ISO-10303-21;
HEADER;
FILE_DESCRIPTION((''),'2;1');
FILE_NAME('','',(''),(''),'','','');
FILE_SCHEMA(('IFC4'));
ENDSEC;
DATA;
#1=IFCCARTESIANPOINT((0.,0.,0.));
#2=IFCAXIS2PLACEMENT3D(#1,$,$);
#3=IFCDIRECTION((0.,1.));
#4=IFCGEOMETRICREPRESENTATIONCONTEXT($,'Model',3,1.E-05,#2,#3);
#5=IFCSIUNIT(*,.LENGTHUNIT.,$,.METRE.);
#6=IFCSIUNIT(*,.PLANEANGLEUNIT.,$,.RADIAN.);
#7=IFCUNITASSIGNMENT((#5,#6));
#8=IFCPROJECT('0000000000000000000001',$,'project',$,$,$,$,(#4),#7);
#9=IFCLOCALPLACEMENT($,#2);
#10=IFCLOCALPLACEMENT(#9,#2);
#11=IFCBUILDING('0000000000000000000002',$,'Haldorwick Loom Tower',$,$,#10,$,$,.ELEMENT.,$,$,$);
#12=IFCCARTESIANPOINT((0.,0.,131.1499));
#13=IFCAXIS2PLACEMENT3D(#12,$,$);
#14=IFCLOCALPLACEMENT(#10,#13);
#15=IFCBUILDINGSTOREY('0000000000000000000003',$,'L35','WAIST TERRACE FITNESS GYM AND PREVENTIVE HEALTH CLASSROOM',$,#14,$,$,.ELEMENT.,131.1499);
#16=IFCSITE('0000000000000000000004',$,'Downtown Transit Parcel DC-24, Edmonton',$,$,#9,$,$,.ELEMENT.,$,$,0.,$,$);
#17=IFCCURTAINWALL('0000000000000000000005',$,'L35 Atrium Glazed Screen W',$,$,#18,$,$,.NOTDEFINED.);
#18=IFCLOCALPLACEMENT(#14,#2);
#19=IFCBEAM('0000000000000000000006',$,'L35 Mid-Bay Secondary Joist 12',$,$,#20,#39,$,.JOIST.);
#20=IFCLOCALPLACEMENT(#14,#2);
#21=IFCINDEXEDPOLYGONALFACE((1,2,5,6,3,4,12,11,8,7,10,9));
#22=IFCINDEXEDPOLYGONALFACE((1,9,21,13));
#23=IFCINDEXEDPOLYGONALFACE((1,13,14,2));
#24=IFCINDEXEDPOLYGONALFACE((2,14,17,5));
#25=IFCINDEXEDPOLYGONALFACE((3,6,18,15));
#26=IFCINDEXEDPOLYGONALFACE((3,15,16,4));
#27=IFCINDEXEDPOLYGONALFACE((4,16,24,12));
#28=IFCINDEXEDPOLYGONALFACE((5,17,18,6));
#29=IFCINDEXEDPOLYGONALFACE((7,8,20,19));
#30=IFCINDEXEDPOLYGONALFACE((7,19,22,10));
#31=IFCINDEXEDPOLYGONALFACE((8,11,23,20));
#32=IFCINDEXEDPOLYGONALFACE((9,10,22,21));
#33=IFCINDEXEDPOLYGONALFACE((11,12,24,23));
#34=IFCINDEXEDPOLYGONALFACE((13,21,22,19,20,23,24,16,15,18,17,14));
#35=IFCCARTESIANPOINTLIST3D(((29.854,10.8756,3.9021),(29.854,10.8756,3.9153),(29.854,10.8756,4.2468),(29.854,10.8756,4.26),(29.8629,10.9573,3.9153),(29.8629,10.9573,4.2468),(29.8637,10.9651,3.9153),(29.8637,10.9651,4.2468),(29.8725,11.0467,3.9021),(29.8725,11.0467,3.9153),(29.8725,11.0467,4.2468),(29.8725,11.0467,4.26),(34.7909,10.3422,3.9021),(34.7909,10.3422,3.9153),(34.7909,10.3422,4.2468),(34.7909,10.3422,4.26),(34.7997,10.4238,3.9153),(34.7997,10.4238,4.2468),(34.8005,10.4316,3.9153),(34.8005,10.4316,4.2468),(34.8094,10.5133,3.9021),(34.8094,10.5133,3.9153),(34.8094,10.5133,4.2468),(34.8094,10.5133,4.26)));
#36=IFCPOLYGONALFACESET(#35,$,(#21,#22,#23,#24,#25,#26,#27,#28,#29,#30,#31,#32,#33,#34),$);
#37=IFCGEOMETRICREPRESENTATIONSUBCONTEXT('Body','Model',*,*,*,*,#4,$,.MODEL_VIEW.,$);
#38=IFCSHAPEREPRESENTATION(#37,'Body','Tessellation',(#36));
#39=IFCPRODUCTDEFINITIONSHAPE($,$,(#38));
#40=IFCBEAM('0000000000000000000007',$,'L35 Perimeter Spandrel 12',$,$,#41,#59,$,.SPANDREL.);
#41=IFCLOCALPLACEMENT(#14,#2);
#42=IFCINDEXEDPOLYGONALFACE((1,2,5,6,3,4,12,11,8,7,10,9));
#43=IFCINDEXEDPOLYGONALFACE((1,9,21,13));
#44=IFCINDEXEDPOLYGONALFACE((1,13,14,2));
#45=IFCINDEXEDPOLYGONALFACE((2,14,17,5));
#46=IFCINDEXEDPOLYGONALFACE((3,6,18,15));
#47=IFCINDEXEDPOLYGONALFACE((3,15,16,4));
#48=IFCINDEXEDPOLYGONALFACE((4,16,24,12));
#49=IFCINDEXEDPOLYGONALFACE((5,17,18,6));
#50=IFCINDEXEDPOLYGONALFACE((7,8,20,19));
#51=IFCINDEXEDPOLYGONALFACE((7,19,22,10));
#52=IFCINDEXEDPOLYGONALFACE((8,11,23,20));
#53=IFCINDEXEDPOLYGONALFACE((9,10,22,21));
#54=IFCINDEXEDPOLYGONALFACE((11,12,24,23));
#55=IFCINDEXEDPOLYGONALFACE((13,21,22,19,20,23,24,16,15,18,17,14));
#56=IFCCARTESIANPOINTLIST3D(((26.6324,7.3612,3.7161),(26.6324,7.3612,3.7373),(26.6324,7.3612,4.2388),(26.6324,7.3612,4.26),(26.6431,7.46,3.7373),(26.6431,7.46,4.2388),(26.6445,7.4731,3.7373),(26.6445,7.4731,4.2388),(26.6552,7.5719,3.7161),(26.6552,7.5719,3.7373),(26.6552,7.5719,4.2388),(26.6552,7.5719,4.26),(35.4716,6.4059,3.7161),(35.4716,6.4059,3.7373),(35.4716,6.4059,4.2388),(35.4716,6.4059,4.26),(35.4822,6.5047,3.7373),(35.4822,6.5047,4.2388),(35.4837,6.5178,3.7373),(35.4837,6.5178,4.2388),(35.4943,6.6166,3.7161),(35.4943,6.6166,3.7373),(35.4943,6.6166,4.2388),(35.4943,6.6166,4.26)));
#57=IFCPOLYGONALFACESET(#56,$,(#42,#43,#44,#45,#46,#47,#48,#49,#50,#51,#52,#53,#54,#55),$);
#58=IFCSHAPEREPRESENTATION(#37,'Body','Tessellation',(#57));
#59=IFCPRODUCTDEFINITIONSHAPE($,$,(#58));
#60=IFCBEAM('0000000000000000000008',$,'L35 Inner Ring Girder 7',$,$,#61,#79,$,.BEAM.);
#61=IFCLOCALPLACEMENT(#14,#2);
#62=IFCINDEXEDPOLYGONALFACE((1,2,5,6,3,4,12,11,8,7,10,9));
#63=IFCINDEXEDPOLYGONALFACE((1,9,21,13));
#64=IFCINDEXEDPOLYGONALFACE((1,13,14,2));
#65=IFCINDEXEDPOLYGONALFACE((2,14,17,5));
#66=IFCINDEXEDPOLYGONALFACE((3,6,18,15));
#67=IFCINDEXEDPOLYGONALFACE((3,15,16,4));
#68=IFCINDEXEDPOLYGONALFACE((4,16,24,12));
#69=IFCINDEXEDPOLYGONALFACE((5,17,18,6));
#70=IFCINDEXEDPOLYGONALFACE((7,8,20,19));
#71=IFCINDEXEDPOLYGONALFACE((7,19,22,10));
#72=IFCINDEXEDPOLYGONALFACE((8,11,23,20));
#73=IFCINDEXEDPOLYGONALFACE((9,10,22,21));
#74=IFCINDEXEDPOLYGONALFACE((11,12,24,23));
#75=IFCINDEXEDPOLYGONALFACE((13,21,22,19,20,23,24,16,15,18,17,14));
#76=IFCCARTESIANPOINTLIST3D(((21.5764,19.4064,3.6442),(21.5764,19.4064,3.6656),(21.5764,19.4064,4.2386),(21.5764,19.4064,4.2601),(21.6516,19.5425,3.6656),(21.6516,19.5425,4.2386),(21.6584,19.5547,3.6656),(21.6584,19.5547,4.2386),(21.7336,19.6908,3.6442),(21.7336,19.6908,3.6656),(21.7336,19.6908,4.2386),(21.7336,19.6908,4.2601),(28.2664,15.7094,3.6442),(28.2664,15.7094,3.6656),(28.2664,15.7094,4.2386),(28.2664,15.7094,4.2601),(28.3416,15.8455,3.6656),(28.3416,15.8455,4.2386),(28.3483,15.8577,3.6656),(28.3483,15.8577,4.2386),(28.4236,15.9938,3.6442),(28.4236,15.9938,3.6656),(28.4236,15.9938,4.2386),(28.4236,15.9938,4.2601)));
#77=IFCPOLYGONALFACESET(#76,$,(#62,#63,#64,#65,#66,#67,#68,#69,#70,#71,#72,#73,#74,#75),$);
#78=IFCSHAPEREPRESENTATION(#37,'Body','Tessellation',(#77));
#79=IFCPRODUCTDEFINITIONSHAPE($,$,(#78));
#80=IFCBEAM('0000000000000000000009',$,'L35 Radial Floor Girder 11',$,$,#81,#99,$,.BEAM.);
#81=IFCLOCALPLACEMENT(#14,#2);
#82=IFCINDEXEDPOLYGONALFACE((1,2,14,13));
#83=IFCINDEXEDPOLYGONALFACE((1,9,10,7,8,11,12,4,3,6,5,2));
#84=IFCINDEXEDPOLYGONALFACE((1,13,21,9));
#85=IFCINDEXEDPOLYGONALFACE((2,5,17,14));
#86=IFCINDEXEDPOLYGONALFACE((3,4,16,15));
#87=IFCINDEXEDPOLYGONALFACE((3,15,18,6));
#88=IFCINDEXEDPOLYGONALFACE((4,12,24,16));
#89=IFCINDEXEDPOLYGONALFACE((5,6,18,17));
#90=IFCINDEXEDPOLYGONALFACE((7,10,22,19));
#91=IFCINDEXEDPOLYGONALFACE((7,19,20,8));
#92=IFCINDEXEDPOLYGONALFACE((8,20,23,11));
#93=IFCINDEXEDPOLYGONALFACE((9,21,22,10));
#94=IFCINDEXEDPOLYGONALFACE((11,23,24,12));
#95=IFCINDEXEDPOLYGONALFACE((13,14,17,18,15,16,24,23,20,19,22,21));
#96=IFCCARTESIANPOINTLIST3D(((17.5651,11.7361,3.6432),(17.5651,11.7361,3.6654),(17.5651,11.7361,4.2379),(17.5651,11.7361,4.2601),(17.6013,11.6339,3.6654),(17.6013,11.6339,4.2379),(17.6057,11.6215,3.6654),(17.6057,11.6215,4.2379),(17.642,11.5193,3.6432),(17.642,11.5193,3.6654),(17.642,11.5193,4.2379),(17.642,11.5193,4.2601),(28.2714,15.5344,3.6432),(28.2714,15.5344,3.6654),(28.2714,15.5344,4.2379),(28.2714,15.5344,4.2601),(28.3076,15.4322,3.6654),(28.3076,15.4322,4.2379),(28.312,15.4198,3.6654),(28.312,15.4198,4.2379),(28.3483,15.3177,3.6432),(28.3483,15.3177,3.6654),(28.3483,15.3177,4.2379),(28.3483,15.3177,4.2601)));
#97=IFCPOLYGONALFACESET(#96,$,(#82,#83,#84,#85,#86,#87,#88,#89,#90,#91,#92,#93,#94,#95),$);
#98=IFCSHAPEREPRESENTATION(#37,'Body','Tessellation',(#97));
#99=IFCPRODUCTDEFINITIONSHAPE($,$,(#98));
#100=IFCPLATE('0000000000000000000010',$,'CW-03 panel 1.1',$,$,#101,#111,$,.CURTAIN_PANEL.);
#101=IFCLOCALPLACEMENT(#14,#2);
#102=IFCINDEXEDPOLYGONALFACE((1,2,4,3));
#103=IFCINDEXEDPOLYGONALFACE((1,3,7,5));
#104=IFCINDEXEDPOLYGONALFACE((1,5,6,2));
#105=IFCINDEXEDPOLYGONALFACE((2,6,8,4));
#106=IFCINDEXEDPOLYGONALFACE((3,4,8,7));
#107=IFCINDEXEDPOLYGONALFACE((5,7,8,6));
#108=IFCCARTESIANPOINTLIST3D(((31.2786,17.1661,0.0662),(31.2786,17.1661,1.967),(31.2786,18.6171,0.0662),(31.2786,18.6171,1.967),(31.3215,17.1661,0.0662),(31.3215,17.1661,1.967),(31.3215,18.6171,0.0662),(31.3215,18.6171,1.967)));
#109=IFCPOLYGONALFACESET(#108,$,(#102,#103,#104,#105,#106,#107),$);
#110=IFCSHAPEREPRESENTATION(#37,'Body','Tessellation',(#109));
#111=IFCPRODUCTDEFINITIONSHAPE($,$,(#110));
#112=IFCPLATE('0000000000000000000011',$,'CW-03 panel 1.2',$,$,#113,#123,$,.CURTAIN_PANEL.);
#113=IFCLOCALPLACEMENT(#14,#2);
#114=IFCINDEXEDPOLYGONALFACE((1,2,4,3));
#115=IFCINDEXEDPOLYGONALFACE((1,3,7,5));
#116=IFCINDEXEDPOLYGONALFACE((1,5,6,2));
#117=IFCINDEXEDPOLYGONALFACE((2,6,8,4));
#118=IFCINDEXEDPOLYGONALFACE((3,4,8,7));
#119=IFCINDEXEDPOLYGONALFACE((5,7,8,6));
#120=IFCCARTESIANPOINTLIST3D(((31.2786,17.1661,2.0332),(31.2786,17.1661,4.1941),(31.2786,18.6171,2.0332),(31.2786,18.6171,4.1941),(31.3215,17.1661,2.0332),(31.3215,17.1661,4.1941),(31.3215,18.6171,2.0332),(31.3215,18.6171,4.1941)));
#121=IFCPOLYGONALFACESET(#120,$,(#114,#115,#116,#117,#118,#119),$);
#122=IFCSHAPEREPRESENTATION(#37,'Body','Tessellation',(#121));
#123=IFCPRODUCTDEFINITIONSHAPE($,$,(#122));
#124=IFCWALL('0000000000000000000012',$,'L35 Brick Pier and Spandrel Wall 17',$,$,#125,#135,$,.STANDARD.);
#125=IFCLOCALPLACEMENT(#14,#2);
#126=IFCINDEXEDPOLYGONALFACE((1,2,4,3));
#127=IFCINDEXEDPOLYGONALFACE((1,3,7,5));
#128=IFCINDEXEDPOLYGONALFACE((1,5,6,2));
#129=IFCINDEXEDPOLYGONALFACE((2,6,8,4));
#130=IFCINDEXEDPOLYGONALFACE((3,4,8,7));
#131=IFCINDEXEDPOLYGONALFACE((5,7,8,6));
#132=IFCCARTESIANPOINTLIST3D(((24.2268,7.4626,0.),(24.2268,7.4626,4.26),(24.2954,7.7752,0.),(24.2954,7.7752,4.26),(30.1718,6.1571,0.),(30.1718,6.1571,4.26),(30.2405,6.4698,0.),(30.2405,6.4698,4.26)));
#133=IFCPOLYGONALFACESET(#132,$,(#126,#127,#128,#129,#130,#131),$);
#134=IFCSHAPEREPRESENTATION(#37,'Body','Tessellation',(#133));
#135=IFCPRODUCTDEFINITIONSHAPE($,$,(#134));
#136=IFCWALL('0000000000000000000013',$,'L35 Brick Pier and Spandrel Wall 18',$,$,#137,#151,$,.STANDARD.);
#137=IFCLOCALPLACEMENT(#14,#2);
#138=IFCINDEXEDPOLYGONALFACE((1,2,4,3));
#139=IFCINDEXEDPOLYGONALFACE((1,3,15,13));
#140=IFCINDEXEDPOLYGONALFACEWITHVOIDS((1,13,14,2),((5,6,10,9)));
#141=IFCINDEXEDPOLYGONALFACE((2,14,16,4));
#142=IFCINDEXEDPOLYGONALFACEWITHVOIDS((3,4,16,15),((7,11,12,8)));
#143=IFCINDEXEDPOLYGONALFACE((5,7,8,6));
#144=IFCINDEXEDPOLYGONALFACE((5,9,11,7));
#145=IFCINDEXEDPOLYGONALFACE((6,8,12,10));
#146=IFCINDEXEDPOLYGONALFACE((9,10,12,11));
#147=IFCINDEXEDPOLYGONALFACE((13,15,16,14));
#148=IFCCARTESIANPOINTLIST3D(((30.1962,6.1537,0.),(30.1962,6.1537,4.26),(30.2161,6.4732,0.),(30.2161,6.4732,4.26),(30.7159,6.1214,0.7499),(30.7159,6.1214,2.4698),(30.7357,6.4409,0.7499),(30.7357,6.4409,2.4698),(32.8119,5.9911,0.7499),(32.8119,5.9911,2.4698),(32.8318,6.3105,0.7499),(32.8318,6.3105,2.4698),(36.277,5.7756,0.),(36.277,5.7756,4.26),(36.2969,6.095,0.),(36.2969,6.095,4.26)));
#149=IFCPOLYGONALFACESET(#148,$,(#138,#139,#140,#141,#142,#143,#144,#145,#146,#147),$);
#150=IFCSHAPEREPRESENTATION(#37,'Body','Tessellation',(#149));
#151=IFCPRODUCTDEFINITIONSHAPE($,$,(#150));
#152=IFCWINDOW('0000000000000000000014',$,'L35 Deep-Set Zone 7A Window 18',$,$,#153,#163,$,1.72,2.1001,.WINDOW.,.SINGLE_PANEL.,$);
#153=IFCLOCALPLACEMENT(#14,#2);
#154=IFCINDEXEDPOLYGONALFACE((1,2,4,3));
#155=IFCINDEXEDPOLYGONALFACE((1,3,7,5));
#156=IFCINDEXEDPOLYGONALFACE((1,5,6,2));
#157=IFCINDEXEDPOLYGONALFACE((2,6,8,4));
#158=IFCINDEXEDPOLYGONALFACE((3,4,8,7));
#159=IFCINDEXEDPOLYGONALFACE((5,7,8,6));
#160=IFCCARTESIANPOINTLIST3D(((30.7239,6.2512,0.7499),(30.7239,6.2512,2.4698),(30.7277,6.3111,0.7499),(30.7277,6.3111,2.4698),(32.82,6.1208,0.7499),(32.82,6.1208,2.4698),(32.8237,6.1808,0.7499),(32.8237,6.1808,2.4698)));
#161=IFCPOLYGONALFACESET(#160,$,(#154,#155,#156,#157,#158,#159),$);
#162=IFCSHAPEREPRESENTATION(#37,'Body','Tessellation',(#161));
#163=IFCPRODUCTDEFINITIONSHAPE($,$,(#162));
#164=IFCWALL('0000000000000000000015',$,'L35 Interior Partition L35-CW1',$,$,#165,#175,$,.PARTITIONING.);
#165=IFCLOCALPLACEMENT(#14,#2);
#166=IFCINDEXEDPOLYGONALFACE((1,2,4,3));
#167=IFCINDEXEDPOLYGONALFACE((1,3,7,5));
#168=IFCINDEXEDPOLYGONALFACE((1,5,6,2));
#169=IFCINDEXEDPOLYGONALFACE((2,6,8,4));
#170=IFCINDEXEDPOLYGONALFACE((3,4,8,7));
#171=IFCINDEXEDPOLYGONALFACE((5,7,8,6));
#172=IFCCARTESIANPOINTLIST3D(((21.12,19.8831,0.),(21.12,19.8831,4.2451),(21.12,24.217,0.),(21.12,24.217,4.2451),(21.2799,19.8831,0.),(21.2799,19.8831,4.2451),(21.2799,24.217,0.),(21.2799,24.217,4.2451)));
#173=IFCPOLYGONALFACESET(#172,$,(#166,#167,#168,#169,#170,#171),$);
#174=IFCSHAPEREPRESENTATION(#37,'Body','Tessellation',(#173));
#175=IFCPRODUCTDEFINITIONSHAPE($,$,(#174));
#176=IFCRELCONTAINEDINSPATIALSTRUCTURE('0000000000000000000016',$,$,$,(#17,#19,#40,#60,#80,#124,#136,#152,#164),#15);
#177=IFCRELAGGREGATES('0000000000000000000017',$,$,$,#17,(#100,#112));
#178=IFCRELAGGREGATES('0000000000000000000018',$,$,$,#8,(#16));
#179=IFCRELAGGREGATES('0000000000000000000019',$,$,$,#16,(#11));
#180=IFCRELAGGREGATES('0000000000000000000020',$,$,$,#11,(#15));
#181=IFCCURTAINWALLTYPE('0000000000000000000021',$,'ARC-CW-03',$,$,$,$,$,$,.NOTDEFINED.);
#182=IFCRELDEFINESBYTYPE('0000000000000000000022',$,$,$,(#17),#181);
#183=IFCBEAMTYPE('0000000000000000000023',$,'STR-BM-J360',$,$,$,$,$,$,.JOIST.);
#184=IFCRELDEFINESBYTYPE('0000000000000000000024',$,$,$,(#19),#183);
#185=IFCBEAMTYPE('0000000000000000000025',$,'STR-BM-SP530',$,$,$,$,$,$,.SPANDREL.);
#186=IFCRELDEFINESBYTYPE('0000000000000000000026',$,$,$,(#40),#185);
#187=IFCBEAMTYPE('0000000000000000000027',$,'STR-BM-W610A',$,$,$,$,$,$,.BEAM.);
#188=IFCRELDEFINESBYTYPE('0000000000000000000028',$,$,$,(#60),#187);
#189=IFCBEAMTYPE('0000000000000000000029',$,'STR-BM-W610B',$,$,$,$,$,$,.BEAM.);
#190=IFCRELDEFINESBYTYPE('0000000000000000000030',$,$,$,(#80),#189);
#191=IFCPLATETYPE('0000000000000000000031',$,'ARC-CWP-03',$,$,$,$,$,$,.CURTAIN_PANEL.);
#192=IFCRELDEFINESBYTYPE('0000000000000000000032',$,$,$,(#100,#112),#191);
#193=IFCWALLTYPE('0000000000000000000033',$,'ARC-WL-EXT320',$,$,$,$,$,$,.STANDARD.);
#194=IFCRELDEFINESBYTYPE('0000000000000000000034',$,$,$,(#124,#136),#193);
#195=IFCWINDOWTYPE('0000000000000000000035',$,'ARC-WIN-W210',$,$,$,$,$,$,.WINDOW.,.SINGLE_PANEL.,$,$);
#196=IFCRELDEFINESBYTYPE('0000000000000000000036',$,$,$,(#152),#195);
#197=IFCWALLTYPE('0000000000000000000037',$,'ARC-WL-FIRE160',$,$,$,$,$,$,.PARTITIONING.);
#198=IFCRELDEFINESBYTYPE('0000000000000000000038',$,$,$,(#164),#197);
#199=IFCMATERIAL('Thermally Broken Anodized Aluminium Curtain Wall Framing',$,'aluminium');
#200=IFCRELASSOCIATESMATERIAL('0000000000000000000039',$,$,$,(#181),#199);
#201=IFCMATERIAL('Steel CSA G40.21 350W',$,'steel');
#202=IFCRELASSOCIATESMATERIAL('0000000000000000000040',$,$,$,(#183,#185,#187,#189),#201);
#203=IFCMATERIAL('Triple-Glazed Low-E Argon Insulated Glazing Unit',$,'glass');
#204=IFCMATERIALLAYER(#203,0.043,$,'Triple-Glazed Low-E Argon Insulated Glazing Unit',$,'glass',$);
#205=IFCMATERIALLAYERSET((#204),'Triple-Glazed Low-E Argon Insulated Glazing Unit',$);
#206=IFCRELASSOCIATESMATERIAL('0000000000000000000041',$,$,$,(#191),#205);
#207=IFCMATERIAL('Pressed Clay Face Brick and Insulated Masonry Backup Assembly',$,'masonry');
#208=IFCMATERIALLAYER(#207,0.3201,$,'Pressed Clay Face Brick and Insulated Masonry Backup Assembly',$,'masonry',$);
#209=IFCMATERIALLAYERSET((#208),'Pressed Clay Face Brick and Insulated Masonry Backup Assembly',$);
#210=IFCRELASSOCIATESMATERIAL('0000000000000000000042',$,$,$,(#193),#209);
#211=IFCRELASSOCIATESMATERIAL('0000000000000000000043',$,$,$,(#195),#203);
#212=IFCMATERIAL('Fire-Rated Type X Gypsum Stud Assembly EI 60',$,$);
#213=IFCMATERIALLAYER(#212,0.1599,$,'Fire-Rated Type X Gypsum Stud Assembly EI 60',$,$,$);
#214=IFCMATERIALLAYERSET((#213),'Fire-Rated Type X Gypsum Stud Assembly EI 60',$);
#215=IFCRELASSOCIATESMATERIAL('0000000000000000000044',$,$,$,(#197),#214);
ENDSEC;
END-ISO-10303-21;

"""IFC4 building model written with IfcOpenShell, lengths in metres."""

from ifc_helpers import new_model, si_unit, direction, frame, frame_2d, origin, origin_2d, place, context, subcontext, project, spatial, rectangle, i_section, extrude, material, layer, layer_set, material_profile, profile_set, type_object, element, fill, aggregate, save


model = new_model("IFC4")

# Units and contexts
model_context = context("Model", 3, precision=1e-05, world=origin(), true_north=direction((0.0, 1.0)))
body_context = subcontext(model_context, "Body", "Model", "MODEL_VIEW")
ifc_project = project(units=[si_unit("LENGTHUNIT", "METRE"), si_unit("PLANEANGLEUNIT", "RADIAN")], contexts=[model_context])

# Site, building, storey
site_placement = place(None, origin())
site = spatial("IfcSite", under=ifc_project, at=site_placement, Name="Downtown Transit Parcel DC-24, Edmonton", CompositionType="ELEMENT", RefElevation=0.0)
building_placement = place(site_placement, origin())
building = spatial("IfcBuilding", under=site, at=building_placement, Name="Haldorwick Loom Tower", CompositionType="ELEMENT")
storey_placement = place(building_placement, frame((0.0, 0.0, 131.1499)))
storey = spatial("IfcBuildingStorey", under=building, at=storey_placement, Name="L35", Description="WAIST TERRACE FITNESS GYM AND PREVENTIVE HEALTH CLASSROOM", CompositionType="ELEMENT", Elevation=131.1499)

# Curtain wall
ifc_material_1 = material(Name="Thermally Broken Anodized Aluminium Curtain Wall Framing", Category="aluminium")
curtain_wall_type = type_object("IfcCurtainWallType", Name="ARC-CW-03", PredefinedType="NOTDEFINED", material=ifc_material_1)
curtain_wall_placement = place(storey_placement, origin())
curtain_wall = element("IfcCurtainWall", 1, at=curtain_wall_placement, inside=storey, type_object=curtain_wall_type, Name="L35 Atrium Glazed Screen W", PredefinedType="NOTDEFINED")

# Beams
ifc_material_2 = material(Name="Steel CSA G40.21 350W", Category="steel")
ifc_material_profile_1 = material_profile(ifc_material_2, i_section(OverallWidth=0.1721, OverallDepth=0.3579, WebThickness=0.0078, FlangeThickness=0.0132, at=origin_2d()), Name="W360X57", Category="steel")
ifc_profile_set_1 = profile_set([ifc_material_profile_1], Name="Steel CSA G40.21 350W")
beam_type_1 = type_object("IfcBeamType", Name="STR-BM-J360", PredefinedType="JOIST", material=ifc_profile_set_1)
beam_1_placement = place(storey_placement, frame((29.8633, 10.9612, 4.0811), z_axis=(0.994213, -0.107431, 0.0), x_axis=(0.107431, 0.994213, 0.0)))
element("IfcBeam", 2, at=beam_1_placement, inside=storey, type_object=beam_type_1, Name="L35 Mid-Bay Secondary Joist 12", PredefinedType="JOIST", context=body_context, shape_type="SweptSolid", body=[
    extrude(i_section(OverallWidth=0.1721, OverallDepth=0.3579, WebThickness=0.0078, FlangeThickness=0.0132, at=origin_2d()), origin(), (0.0, 0.0, 1.0), 4.9656),
])
ifc_material_profile_2 = material_profile(ifc_material_2, i_section(OverallWidth=0.2119, OverallDepth=0.5439, WebThickness=0.0132, FlangeThickness=0.0212, at=origin_2d()), Name="W530X123", Category="steel")
ifc_profile_set_2 = profile_set([ifc_material_profile_2], Name="Steel CSA G40.21 350W")
beam_type_2 = type_object("IfcBeamType", Name="STR-BM-SP530", PredefinedType="SPANDREL", material=ifc_profile_set_2)
beam_2_placement = place(storey_placement, frame((26.6438, 7.4666, 3.988), z_axis=(0.99421, -0.107453, 0.0), x_axis=(0.107453, 0.99421, 0.0)))
element("IfcBeam", 3, at=beam_2_placement, inside=storey, type_object=beam_type_2, Name="L35 Perimeter Spandrel 12", PredefinedType="SPANDREL", context=body_context, shape_type="SweptSolid", body=[
    extrude(i_section(OverallWidth=0.2119, OverallDepth=0.5439, WebThickness=0.0132, FlangeThickness=0.0212, at=origin_2d()), origin(), (0.0, 0.0, 1.0), 8.8906),
])
ifc_material_profile_3 = material_profile(ifc_material_2, i_section(OverallWidth=0.325, OverallDepth=0.616, WebThickness=0.0139, FlangeThickness=0.0215, at=origin_2d()), Name="W610X174", Category="steel")
ifc_profile_set_3 = profile_set([ifc_material_profile_3], Name="Steel CSA G40.21 350W")
beam_type_3 = type_object("IfcBeamType", Name="STR-BM-W610A", PredefinedType="BEAM", material=ifc_profile_set_3)
beam_3_placement = place(storey_placement, frame((28.345, 15.8516, 3.9521), z_axis=(-0.875244, 0.483681, 0.0), x_axis=(-0.483681, -0.875244, 0.0)))
element("IfcBeam", 4, at=beam_3_placement, inside=storey, type_object=beam_type_3, Name="L35 Inner Ring Girder 7", PredefinedType="BEAM", context=body_context, shape_type="SweptSolid", body=[
    extrude(i_section(OverallWidth=0.325, OverallDepth=0.616, WebThickness=0.0139, FlangeThickness=0.0215, at=origin_2d()), origin(), (0.0, 0.0, 1.0), 7.6436),
])
ifc_material_profile_4 = material_profile(ifc_material_2, i_section(OverallWidth=0.23, OverallDepth=0.6169, WebThickness=0.0132, FlangeThickness=0.0222, at=origin_2d()), Name="W610X140", Category="steel")
ifc_profile_set_4 = profile_set([ifc_material_profile_4], Name="Steel CSA G40.21 350W")
beam_type_4 = type_object("IfcBeamType", Name="STR-BM-W610B", PredefinedType="BEAM", material=ifc_profile_set_4)
beam_4_placement = place(storey_placement, frame((28.3098, 15.426, 3.9517), z_axis=(-0.942446, -0.334358, 0.0), x_axis=(0.334358, -0.942446, 0.0)))
element("IfcBeam", 5, at=beam_4_placement, inside=storey, type_object=beam_type_4, Name="L35 Radial Floor Girder 11", PredefinedType="BEAM", context=body_context, shape_type="SweptSolid", body=[
    extrude(i_section(OverallWidth=0.23, OverallDepth=0.6169, WebThickness=0.0132, FlangeThickness=0.0222, at=origin_2d()), origin(), (0.0, 0.0, 1.0), 11.3601),
])

# Plates
ifc_material_3 = material(Name="Triple-Glazed Low-E Argon Insulated Glazing Unit", Category="glass")
ifc_layer_1 = layer(ifc_material_3, 0.043, Name="Triple-Glazed Low-E Argon Insulated Glazing Unit", Category="glass")
ifc_layer_set_1 = layer_set([ifc_layer_1], Name="Triple-Glazed Low-E Argon Insulated Glazing Unit")
plate_type = type_object("IfcPlateType", Name="ARC-CWP-03", PredefinedType="CURTAIN_PANEL", material=ifc_layer_set_1)
plate_1_placement = place(storey_placement, frame((31.3, 17.8916, 0.0662), z_axis=(0.0, 0.0, 1.0), x_axis=(0.0, 1.0, 0.0)))
plate_1 = element("IfcPlate", 6, at=plate_1_placement, type_object=plate_type, Name="CW-03 panel 1.1", PredefinedType="CURTAIN_PANEL", context=body_context, shape_type="SweptSolid", body=[
    extrude(rectangle(XDim=1.4509, YDim=0.043, at=origin_2d()), origin(), (0.0, 0.0, 1.0), 1.9009),
])
plate_2_placement = place(storey_placement, frame((31.3, 17.8916, 2.0332), z_axis=(0.0, 0.0, 1.0), x_axis=(0.0, 1.0, 0.0)))
plate_2 = element("IfcPlate", 7, at=plate_2_placement, type_object=plate_type, Name="CW-03 panel 1.2", PredefinedType="CURTAIN_PANEL", context=body_context, shape_type="SweptSolid", body=[
    extrude(rectangle(XDim=1.4509, YDim=0.043, at=origin_2d()), origin(), (0.0, 0.0, 1.0), 2.1609),
])
aggregate(curtain_wall, [plate_1, plate_2])

# Wall
ifc_material_4 = material(Name="Pressed Clay Face Brick and Insulated Masonry Backup Assembly", Category="masonry")
ifc_layer_2 = layer(ifc_material_4, 0.3201, Name="Pressed Clay Face Brick and Insulated Masonry Backup Assembly", Category="masonry")
ifc_layer_set_2 = layer_set([ifc_layer_2], Name="Pressed Clay Face Brick and Insulated Masonry Backup Assembly")
wall_type_1 = type_object("IfcWallType", Name="ARC-WL-EXT320", PredefinedType="STANDARD", material=ifc_layer_set_2)
wall_1_placement = place(storey_placement, frame((24.261, 7.6189, 0.0), z_axis=(0.0, 0.0, 1.0), x_axis=(0.97673, -0.214471, 0.0)))
element("IfcWall", 8, at=wall_1_placement, inside=storey, type_object=wall_type_1, Name="L35 Brick Pier and Spandrel Wall 17", PredefinedType="STANDARD", context=body_context, shape_type="SweptSolid", body=[
    extrude(rectangle(XDim=6.0867, YDim=0.3201, at=frame_2d((3.0435, 0.0))), origin(), (0.0, 0.0, 1.0), 4.26),
])

# Wall, opening, window
wall_2_placement = place(storey_placement, frame((30.2061, 6.3135, 0.0), z_axis=(0.0, 0.0, 1.0), x_axis=(0.998072, -0.062071, 0.0)))
wall_2 = element("IfcWall", 9, at=wall_2_placement, inside=storey, type_object=wall_type_1, Name="L35 Brick Pier and Spandrel Wall 18", PredefinedType="STANDARD", context=body_context, shape_type="SweptSolid", body=[
    extrude(rectangle(XDim=6.0925, YDim=0.3201, at=frame_2d((3.0464, 0.0))), origin(), (0.0, 0.0, 1.0), 4.26),
])
opening_1_placement = place(wall_2_placement, frame((0.5208, 0.0, 0.75)))
opening_1 = element("IfcOpeningElement", 10, at=opening_1_placement, cuts=wall_2, PredefinedType="OPENING", context=body_context, shape_type="SweptSolid", body=[
    extrude(rectangle(XDim=2.1001, YDim=1.72, at=frame_2d((1.05, 0.8599))), frame((0.0, 0.1699, 0.0), z_axis=(0.0, -1.0, 0.0), x_axis=(1.0, 0.0, 0.0)), (0.0, 0.0, 1.0), 0.3401),
])
window_type = type_object("IfcWindowType", Name="ARC-WIN-W210", PartitioningType="SINGLE_PANEL", PredefinedType="WINDOW", material=ifc_material_3)
window_placement = place(opening_1_placement, origin())
window = element("IfcWindow", 11, at=window_placement, inside=storey, type_object=window_type, Name="L35 Deep-Set Zone 7A Window 18", OverallHeight=1.72, OverallWidth=2.1001, PartitioningType="SINGLE_PANEL", PredefinedType="WINDOW", context=body_context, shape_type="SweptSolid", body=[
    extrude(rectangle(XDim=2.1001, YDim=1.72, at=frame_2d((1.05, 0.8599))), frame((0.0, 0.03, 0.0), z_axis=(0.0, -1.0, 0.0), x_axis=(1.0, 0.0, 0.0)), (0.0, 0.0, 1.0), 0.0601),
])
fill(opening_1, window)

# Wall
ifc_material_5 = material(Name="Fire-Rated Type X Gypsum Stud Assembly EI 60")
ifc_layer_3 = layer(ifc_material_5, 0.1599, Name="Fire-Rated Type X Gypsum Stud Assembly EI 60")
ifc_layer_set_3 = layer_set([ifc_layer_3], Name="Fire-Rated Type X Gypsum Stud Assembly EI 60")
wall_type_2 = type_object("IfcWallType", Name="ARC-WL-FIRE160", PredefinedType="PARTITIONING", material=ifc_layer_set_3)
wall_3_placement = place(storey_placement, frame((21.2, 19.8831, 0.0), z_axis=(0.0, 0.0, 1.0), x_axis=(0.0, 1.0, 0.0)))
element("IfcWall", 12, at=wall_3_placement, inside=storey, type_object=wall_type_2, Name="L35 Interior Partition L35-CW1", PredefinedType="PARTITIONING", context=body_context, shape_type="SweptSolid", body=[
    extrude(rectangle(XDim=4.334, YDim=0.1599, at=frame_2d((2.167, 0.0))), origin(), (0.0, 0.0, 1.0), 4.2451),
])

save(model, "model.ifc")
